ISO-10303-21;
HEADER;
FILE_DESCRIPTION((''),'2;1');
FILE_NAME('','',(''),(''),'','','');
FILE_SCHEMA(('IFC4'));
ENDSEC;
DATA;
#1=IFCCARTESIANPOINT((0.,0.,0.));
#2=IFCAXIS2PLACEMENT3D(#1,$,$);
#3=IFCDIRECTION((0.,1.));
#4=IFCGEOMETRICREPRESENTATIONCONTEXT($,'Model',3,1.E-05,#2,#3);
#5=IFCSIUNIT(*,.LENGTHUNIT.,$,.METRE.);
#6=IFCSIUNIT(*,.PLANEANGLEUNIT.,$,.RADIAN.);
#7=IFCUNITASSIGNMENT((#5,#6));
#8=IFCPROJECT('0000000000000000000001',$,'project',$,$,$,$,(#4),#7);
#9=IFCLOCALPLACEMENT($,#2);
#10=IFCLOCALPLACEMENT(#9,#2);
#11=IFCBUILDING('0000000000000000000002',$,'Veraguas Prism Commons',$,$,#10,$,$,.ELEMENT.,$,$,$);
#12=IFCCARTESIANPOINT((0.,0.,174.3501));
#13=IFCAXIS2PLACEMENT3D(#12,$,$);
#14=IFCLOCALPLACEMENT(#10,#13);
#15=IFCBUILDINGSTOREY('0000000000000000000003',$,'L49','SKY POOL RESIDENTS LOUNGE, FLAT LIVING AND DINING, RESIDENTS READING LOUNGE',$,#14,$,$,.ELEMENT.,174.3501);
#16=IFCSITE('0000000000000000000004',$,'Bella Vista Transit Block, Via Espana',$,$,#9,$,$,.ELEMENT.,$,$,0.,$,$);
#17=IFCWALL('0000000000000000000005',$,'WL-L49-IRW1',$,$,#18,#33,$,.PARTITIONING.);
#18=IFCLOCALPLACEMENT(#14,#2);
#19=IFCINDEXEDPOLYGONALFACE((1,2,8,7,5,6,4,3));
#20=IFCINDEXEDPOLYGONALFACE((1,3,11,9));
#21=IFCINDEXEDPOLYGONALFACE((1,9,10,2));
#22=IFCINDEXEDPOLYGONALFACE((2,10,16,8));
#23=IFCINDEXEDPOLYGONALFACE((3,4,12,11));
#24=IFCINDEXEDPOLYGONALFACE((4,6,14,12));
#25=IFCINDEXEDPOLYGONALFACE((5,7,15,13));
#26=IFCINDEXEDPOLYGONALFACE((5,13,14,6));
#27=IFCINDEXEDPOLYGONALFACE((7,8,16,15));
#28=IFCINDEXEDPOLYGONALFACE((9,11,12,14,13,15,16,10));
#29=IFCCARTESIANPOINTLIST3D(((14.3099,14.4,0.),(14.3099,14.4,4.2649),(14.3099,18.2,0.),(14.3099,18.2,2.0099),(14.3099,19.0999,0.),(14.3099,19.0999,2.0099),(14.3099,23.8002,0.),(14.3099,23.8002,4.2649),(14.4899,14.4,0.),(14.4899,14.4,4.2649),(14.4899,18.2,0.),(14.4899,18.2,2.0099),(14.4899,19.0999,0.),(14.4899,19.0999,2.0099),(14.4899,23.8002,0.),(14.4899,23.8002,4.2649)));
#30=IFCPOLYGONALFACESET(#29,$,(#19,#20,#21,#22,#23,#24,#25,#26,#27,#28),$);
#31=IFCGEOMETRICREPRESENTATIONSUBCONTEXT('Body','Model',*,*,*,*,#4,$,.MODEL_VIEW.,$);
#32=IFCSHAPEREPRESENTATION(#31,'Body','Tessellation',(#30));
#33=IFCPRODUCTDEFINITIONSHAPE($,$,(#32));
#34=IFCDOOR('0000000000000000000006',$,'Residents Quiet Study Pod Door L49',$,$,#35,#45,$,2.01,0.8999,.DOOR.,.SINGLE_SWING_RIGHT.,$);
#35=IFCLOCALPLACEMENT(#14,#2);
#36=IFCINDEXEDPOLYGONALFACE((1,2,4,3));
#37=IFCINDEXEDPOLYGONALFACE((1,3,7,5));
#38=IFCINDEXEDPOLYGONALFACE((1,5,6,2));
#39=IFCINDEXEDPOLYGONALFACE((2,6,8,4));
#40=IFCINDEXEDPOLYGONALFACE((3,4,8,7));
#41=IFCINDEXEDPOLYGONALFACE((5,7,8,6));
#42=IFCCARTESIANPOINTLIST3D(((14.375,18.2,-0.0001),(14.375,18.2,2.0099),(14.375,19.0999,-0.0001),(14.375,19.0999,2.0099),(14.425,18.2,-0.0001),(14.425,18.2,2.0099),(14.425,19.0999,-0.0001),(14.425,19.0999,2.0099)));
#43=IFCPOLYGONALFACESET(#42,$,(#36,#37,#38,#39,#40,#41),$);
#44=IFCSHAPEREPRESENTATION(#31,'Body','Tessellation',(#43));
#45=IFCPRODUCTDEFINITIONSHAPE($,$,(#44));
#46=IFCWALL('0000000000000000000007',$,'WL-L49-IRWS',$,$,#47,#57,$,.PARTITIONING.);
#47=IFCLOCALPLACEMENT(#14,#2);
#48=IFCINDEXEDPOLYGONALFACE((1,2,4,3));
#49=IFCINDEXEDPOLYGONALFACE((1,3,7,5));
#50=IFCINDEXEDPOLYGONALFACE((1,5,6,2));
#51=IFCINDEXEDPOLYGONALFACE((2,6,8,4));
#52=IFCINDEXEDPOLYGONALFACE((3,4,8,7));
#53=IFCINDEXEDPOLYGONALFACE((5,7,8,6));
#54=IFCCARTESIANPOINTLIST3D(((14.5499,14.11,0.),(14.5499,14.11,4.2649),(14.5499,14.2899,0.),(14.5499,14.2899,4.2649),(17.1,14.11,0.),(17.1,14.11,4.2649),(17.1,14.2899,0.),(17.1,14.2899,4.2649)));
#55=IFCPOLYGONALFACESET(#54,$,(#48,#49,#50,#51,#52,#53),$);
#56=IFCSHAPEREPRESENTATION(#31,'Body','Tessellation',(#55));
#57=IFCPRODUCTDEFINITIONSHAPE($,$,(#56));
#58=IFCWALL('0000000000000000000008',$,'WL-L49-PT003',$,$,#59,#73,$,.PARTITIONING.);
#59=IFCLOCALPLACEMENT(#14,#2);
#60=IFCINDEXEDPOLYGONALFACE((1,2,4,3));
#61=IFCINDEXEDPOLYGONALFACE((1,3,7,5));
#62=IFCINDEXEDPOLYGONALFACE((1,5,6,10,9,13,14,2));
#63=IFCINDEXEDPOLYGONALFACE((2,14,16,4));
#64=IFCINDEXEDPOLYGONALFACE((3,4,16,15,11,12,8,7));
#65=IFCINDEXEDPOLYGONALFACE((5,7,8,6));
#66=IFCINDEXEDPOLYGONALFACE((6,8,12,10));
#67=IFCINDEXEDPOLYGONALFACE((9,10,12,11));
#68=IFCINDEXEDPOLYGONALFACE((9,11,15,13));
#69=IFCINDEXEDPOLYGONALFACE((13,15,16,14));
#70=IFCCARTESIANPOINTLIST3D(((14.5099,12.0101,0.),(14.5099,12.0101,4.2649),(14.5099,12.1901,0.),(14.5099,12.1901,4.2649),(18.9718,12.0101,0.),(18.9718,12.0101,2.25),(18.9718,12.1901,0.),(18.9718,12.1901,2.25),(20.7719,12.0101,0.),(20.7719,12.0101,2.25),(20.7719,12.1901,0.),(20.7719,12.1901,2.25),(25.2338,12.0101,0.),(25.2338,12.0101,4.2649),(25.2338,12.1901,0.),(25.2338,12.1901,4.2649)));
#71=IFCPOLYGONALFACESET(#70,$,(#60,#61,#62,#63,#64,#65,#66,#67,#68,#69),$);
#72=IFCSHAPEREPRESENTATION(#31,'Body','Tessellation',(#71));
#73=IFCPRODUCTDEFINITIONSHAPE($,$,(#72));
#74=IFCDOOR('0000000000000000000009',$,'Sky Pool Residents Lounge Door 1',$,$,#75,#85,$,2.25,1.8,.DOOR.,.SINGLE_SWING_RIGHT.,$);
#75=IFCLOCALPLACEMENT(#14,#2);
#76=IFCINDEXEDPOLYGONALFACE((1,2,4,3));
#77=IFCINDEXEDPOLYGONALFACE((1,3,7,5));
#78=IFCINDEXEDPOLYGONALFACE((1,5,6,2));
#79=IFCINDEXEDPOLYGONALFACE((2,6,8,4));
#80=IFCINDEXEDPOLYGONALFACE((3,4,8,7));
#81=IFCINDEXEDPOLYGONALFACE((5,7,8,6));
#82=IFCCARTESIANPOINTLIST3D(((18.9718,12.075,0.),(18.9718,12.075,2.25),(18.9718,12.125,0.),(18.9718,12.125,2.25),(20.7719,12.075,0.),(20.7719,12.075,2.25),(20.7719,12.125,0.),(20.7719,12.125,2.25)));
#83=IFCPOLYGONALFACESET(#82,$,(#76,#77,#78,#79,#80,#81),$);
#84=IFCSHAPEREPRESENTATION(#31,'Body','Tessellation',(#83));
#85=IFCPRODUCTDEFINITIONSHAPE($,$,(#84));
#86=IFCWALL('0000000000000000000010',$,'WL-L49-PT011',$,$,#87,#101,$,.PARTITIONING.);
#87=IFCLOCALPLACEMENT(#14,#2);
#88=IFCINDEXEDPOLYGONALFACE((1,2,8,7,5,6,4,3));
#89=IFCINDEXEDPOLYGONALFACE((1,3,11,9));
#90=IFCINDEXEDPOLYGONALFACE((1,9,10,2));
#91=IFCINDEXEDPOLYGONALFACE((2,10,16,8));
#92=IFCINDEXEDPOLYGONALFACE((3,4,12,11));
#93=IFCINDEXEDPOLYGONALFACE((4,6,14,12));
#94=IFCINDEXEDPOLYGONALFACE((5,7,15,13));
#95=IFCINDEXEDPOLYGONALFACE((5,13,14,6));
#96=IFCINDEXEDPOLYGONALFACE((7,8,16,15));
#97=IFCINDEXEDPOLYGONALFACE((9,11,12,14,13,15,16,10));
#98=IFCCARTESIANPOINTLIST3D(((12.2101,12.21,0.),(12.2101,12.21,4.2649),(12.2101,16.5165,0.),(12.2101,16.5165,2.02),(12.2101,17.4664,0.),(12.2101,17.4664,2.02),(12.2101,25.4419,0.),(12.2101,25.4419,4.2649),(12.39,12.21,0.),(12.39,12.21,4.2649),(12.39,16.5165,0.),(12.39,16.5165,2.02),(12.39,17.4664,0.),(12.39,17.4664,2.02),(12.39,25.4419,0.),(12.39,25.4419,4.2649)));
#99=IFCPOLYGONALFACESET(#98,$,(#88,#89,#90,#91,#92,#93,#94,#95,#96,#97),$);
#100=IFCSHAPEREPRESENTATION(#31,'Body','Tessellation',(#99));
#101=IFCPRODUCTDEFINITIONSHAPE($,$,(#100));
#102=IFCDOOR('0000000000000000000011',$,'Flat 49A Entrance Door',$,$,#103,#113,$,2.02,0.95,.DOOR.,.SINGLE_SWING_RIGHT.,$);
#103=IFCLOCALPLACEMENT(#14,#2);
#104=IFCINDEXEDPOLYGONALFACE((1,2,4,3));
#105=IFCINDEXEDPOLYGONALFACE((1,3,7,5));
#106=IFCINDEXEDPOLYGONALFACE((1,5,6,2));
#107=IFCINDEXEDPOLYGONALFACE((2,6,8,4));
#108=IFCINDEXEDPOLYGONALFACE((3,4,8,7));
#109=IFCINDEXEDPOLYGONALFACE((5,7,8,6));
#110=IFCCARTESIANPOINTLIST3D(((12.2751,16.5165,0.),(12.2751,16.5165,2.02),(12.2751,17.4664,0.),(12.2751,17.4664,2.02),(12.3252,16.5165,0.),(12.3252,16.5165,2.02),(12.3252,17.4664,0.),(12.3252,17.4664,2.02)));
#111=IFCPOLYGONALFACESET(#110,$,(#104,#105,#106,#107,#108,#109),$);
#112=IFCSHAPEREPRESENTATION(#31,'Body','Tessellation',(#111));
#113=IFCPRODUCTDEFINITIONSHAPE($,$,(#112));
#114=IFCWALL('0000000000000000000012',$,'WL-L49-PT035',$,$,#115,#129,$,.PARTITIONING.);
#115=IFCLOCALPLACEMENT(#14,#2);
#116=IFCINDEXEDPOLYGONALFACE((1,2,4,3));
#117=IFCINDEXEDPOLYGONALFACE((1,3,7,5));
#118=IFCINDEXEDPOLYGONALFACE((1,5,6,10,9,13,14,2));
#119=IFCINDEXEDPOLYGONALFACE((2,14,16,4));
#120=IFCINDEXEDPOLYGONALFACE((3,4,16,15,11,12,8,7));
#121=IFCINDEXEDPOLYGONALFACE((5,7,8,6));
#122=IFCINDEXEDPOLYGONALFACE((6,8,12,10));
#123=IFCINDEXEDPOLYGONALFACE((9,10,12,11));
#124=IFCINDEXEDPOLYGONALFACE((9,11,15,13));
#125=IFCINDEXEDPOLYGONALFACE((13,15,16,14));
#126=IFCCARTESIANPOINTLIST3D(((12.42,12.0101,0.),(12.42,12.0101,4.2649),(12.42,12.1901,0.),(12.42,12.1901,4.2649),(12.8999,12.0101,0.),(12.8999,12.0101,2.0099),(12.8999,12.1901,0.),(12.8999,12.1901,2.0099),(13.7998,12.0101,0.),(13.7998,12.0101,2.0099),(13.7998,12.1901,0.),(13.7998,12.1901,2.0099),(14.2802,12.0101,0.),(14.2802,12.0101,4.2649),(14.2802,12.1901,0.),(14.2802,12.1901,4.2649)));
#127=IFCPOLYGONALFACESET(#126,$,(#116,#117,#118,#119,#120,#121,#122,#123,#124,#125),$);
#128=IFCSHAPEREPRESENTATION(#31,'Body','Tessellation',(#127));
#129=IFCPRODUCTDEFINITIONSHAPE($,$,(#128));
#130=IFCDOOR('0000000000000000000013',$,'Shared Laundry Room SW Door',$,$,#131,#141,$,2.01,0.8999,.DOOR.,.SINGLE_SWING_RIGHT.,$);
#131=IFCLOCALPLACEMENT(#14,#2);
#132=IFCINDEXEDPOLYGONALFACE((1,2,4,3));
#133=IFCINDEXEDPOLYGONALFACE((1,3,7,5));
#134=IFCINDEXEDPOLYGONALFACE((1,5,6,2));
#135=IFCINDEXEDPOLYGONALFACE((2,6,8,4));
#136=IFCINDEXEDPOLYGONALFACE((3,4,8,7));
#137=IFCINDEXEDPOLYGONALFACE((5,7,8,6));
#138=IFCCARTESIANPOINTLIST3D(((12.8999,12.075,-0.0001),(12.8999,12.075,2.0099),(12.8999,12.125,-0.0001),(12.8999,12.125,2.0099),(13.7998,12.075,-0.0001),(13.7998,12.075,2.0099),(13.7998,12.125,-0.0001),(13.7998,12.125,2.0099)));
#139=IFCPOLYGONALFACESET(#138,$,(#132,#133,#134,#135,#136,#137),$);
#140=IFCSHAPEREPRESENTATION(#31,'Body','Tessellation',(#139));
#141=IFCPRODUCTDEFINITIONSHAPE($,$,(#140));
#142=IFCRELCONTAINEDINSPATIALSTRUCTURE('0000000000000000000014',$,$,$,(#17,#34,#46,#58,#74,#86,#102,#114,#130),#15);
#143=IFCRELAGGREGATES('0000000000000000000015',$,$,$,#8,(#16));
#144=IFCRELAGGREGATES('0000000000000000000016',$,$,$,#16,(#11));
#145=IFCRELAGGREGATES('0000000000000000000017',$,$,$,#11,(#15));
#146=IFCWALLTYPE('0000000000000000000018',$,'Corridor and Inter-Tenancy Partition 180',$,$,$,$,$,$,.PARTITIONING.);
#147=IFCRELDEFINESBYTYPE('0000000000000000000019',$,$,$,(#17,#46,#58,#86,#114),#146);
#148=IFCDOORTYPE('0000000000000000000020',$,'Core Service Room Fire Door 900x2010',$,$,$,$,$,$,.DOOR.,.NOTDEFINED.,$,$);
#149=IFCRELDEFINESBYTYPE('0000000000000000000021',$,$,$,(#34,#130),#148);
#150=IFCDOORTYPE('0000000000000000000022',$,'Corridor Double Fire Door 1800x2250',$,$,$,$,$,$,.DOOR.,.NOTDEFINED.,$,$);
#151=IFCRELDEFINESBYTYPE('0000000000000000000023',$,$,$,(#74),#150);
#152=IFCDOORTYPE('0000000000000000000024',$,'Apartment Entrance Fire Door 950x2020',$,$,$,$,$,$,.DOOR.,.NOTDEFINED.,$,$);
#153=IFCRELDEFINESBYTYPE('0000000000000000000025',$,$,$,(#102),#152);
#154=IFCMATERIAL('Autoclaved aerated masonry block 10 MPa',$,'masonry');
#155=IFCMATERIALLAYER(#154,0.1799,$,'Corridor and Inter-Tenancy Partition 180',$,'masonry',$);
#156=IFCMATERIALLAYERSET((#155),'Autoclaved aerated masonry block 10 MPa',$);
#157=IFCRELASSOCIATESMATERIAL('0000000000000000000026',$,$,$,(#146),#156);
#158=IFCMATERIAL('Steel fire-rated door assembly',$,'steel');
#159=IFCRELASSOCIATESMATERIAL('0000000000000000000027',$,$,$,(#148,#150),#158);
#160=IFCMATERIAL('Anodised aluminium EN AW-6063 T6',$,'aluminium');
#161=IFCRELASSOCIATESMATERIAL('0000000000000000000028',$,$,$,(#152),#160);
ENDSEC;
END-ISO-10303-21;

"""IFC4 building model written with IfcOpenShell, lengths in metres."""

from ifc_helpers import new_model, si_unit, direction, frame, frame_2d, origin, place, context, subcontext, project, spatial, rectangle, extrude, source, transform, mapped, material, layer, layer_set, type_object, element, fill, save


model = new_model("IFC4")

# Units and contexts
model_context = context("Model", 3, precision=1e-05, world=origin(), true_north=direction((0.0, 1.0)))
body_context = subcontext(model_context, "Body", "Model", "MODEL_VIEW")
ifc_project = project(units=[si_unit("LENGTHUNIT", "METRE"), si_unit("PLANEANGLEUNIT", "RADIAN")], contexts=[model_context])

# Site, building, storey
site_placement = place(None, origin())
site = spatial("IfcSite", under=ifc_project, at=site_placement, Name="Bella Vista Transit Block, Via Espana", CompositionType="ELEMENT", RefElevation=0.0)
building_placement = place(site_placement, origin())
building = spatial("IfcBuilding", under=site, at=building_placement, Name="Veraguas Prism Commons", CompositionType="ELEMENT")
storey_placement = place(building_placement, frame((0.0, 0.0, 174.3501)))
storey = spatial("IfcBuildingStorey", under=building, at=storey_placement, Name="L49", Description="SKY POOL RESIDENTS LOUNGE, FLAT LIVING AND DINING, RESIDENTS READING LOUNGE", CompositionType="ELEMENT", Elevation=174.3501)

# Shared definitions
ifc_material_1 = material(Name="Steel fire-rated door assembly", Category="steel")

# Wall, opening, door
ifc_material_2 = material(Name="Autoclaved aerated masonry block 10 MPa", Category="masonry")
ifc_layer_1 = layer(ifc_material_2, 0.1799, Name="Corridor and Inter-Tenancy Partition 180", Category="masonry")
ifc_layer_set_1 = layer_set([ifc_layer_1], Name="Autoclaved aerated masonry block 10 MPa")
wall_type_1 = type_object("IfcWallType", Name="Corridor and Inter-Tenancy Partition 180", PredefinedType="PARTITIONING", material=ifc_layer_set_1)
wall_1_placement = place(storey_placement, frame((14.3999, 14.3999, 0.0), z_axis=(0.0, 0.0, 1.0), x_axis=(0.0, 1.0, 0.0)))
wall_1 = element("IfcWall", 1, at=wall_1_placement, inside=storey, type_object=wall_type_1, Name="WL-L49-IRW1", PredefinedType="PARTITIONING", context=body_context, shape_type="SweptSolid", body=[
    extrude(rectangle(XDim=9.4001, YDim=0.1799, at=frame_2d((4.7002, 0.0))), origin(), (0.0, 0.0, 1.0), 4.2649),
])
opening_1_placement = place(wall_1_placement, frame((3.8, 0.0, 0.0)))
opening_1 = element("IfcOpeningElement", 2, at=opening_1_placement, cuts=wall_1, PredefinedType="OPENING", context=body_context, shape_type="SweptSolid", body=[
    extrude(rectangle(XDim=0.8999, YDim=2.01, at=frame_2d((0.45, 1.0049))), frame((0.0, 0.0999, 0.0), z_axis=(0.0, -1.0, 0.0), x_axis=(1.0, 0.0, 0.0)), (0.0, 0.0, 1.0), 0.2),
])
door_type_1 = type_object("IfcDoorType", Name="Core Service Room Fire Door 900x2010", OperationType="NOTDEFINED", PredefinedType="DOOR", material=ifc_material_1)
shared_shape_1 = source(origin(), body_context, "Body", "SweptSolid", [
    extrude(rectangle(XDim=0.8999, YDim=2.01, at=frame_2d((0.45, 1.0049))), frame((0.0, 0.0249, 0.0), z_axis=(0.0, -1.0, 0.0), x_axis=(1.0, 0.0, 0.0)), (0.0, 0.0, 1.0), 0.05),
])
door_1_placement = place(opening_1_placement, origin())
door_1 = element("IfcDoor", 3, at=door_1_placement, inside=storey, type_object=door_type_1, Name="Residents Quiet Study Pod Door L49", OperationType="SINGLE_SWING_RIGHT", OverallHeight=2.01, OverallWidth=0.8999, PredefinedType="DOOR", context=body_context, shape_type="MappedRepresentation", body=[
    mapped(shared_shape_1, transform((0.0, 0.0, 0.0), scale=1.0)),
])
fill(opening_1, door_1)

# Wall
wall_2_placement = place(storey_placement, frame((14.55, 14.2, 0.0), z_axis=(0.0, 0.0, 1.0), x_axis=(1.0, 0.0, 0.0)))
element("IfcWall", 4, at=wall_2_placement, inside=storey, type_object=wall_type_1, Name="WL-L49-IRWS", PredefinedType="PARTITIONING", context=body_context, shape_type="SweptSolid", body=[
    extrude(rectangle(XDim=2.55, YDim=0.1799, at=frame_2d((1.2749, 0.0))), origin(), (0.0, 0.0, 1.0), 4.2649),
])

# Walls, openings, doors
wall_3_placement = place(storey_placement, frame((14.51, 12.1001, 0.0), z_axis=(0.0, 0.0, 1.0), x_axis=(1.0, 0.0, 0.0)))
wall_3 = element("IfcWall", 5, at=wall_3_placement, inside=storey, type_object=wall_type_1, Name="WL-L49-PT003", PredefinedType="PARTITIONING", context=body_context, shape_type="SweptSolid", body=[
    extrude(rectangle(XDim=10.7239, YDim=0.1799, at=frame_2d((5.3618, 0.0))), origin(), (0.0, 0.0, 1.0), 4.2649),
])
opening_2_placement = place(wall_3_placement, frame((4.4619, 0.0, 0.0)))
opening_2 = element("IfcOpeningElement", 6, at=opening_2_placement, cuts=wall_3, PredefinedType="OPENING", context=body_context, shape_type="SweptSolid", body=[
    extrude(rectangle(XDim=1.8, YDim=2.25, at=frame_2d((0.8999, 1.125))), frame((0.0, 0.0999, 0.0), z_axis=(0.0, -1.0, 0.0), x_axis=(1.0, 0.0, 0.0)), (0.0, 0.0, 1.0), 0.2),
])
door_type_2 = type_object("IfcDoorType", Name="Corridor Double Fire Door 1800x2250", OperationType="NOTDEFINED", PredefinedType="DOOR", material=ifc_material_1)
shared_shape_2 = source(origin(), body_context, "Body", "SweptSolid", [
    extrude(rectangle(XDim=1.8, YDim=2.25, at=frame_2d((0.8999, 1.125))), frame((0.0, 0.0249, 0.0), z_axis=(0.0, -1.0, 0.0), x_axis=(1.0, 0.0, 0.0)), (0.0, 0.0, 1.0), 0.05),
])
door_2_placement = place(opening_2_placement, origin())
door_2 = element("IfcDoor", 7, at=door_2_placement, inside=storey, type_object=door_type_2, Name="Sky Pool Residents Lounge Door 1", OperationType="SINGLE_SWING_RIGHT", OverallHeight=2.25, OverallWidth=1.8, PredefinedType="DOOR", context=body_context, shape_type="MappedRepresentation", body=[
    mapped(shared_shape_2, transform((0.0, 0.0, 0.0), scale=1.0)),
])
fill(opening_2, door_2)
wall_4_placement = place(storey_placement, frame((12.3, 12.21, 0.0), z_axis=(0.0, 0.0, 1.0), x_axis=(0.0, 1.0, 0.0)))
wall_4 = element("IfcWall", 8, at=wall_4_placement, inside=storey, type_object=wall_type_1, Name="WL-L49-PT011", PredefinedType="PARTITIONING", context=body_context, shape_type="SweptSolid", body=[
    extrude(rectangle(XDim=13.2319, YDim=0.1799, at=frame_2d((6.616, 0.0))), origin(), (0.0, 0.0, 1.0), 4.2649),
])
opening_3_placement = place(wall_4_placement, frame((4.3064, 0.0, 0.0)))
opening_3 = element("IfcOpeningElement", 9, at=opening_3_placement, cuts=wall_4, PredefinedType="OPENING", context=body_context, shape_type="SweptSolid", body=[
    extrude(rectangle(XDim=0.95, YDim=2.02, at=frame_2d((0.4751, 1.01))), frame((0.0, 0.0999, 0.0), z_axis=(0.0, -1.0, 0.0), x_axis=(1.0, 0.0, 0.0)), (0.0, 0.0, 1.0), 0.2),
])
ifc_material_3 = material(Name="Anodised aluminium EN AW-6063 T6", Category="aluminium")
door_type_3 = type_object("IfcDoorType", Name="Apartment Entrance Fire Door 950x2020", OperationType="NOTDEFINED", PredefinedType="DOOR", material=ifc_material_3)
shared_shape_3 = source(origin(), body_context, "Body", "SweptSolid", [
    extrude(rectangle(XDim=0.95, YDim=2.02, at=frame_2d((0.4751, 1.01))), frame((0.0, 0.0249, 0.0), z_axis=(0.0, -1.0, 0.0), x_axis=(1.0, 0.0, 0.0)), (0.0, 0.0, 1.0), 0.05),
])
door_3_placement = place(opening_3_placement, origin())
door_3 = element("IfcDoor", 10, at=door_3_placement, inside=storey, type_object=door_type_3, Name="Flat 49A Entrance Door", OperationType="SINGLE_SWING_RIGHT", OverallHeight=2.02, OverallWidth=0.95, PredefinedType="DOOR", context=body_context, shape_type="MappedRepresentation", body=[
    mapped(shared_shape_3, transform((0.0, 0.0, 0.0), scale=1.0)),
])
fill(opening_3, door_3)
wall_5_placement = place(storey_placement, frame((12.4199, 12.1001, 0.0), z_axis=(0.0, 0.0, 1.0), x_axis=(1.0, 0.0, 0.0)))
wall_5 = element("IfcWall", 11, at=wall_5_placement, inside=storey, type_object=wall_type_1, Name="WL-L49-PT035", PredefinedType="PARTITIONING", context=body_context, shape_type="SweptSolid", body=[
    extrude(rectangle(XDim=1.8601, YDim=0.1799, at=frame_2d((0.9302, 0.0))), origin(), (0.0, 0.0, 1.0), 4.2649),
])
opening_4_placement = place(wall_5_placement, frame((0.48, 0.0, 0.0)))
opening_4 = element("IfcOpeningElement", 12, at=opening_4_placement, cuts=wall_5, PredefinedType="OPENING", context=body_context, shape_type="SweptSolid", body=[
    extrude(rectangle(XDim=0.8999, YDim=2.01, at=frame_2d((0.45, 1.0049))), frame((0.0, 0.0999, 0.0), z_axis=(0.0, -1.0, 0.0), x_axis=(1.0, 0.0, 0.0)), (0.0, 0.0, 1.0), 0.2),
])
door_4_placement = place(opening_4_placement, origin())
door_4 = element("IfcDoor", 13, at=door_4_placement, inside=storey, type_object=door_type_1, Name="Shared Laundry Room SW Door", OperationType="SINGLE_SWING_RIGHT", OverallHeight=2.01, OverallWidth=0.8999, PredefinedType="DOOR", context=body_context, shape_type="MappedRepresentation", body=[
    mapped(shared_shape_1, transform((0.0, 0.0, 0.0), scale=1.0)),
])
fill(opening_4, door_4)

save(model, "model.ifc")
